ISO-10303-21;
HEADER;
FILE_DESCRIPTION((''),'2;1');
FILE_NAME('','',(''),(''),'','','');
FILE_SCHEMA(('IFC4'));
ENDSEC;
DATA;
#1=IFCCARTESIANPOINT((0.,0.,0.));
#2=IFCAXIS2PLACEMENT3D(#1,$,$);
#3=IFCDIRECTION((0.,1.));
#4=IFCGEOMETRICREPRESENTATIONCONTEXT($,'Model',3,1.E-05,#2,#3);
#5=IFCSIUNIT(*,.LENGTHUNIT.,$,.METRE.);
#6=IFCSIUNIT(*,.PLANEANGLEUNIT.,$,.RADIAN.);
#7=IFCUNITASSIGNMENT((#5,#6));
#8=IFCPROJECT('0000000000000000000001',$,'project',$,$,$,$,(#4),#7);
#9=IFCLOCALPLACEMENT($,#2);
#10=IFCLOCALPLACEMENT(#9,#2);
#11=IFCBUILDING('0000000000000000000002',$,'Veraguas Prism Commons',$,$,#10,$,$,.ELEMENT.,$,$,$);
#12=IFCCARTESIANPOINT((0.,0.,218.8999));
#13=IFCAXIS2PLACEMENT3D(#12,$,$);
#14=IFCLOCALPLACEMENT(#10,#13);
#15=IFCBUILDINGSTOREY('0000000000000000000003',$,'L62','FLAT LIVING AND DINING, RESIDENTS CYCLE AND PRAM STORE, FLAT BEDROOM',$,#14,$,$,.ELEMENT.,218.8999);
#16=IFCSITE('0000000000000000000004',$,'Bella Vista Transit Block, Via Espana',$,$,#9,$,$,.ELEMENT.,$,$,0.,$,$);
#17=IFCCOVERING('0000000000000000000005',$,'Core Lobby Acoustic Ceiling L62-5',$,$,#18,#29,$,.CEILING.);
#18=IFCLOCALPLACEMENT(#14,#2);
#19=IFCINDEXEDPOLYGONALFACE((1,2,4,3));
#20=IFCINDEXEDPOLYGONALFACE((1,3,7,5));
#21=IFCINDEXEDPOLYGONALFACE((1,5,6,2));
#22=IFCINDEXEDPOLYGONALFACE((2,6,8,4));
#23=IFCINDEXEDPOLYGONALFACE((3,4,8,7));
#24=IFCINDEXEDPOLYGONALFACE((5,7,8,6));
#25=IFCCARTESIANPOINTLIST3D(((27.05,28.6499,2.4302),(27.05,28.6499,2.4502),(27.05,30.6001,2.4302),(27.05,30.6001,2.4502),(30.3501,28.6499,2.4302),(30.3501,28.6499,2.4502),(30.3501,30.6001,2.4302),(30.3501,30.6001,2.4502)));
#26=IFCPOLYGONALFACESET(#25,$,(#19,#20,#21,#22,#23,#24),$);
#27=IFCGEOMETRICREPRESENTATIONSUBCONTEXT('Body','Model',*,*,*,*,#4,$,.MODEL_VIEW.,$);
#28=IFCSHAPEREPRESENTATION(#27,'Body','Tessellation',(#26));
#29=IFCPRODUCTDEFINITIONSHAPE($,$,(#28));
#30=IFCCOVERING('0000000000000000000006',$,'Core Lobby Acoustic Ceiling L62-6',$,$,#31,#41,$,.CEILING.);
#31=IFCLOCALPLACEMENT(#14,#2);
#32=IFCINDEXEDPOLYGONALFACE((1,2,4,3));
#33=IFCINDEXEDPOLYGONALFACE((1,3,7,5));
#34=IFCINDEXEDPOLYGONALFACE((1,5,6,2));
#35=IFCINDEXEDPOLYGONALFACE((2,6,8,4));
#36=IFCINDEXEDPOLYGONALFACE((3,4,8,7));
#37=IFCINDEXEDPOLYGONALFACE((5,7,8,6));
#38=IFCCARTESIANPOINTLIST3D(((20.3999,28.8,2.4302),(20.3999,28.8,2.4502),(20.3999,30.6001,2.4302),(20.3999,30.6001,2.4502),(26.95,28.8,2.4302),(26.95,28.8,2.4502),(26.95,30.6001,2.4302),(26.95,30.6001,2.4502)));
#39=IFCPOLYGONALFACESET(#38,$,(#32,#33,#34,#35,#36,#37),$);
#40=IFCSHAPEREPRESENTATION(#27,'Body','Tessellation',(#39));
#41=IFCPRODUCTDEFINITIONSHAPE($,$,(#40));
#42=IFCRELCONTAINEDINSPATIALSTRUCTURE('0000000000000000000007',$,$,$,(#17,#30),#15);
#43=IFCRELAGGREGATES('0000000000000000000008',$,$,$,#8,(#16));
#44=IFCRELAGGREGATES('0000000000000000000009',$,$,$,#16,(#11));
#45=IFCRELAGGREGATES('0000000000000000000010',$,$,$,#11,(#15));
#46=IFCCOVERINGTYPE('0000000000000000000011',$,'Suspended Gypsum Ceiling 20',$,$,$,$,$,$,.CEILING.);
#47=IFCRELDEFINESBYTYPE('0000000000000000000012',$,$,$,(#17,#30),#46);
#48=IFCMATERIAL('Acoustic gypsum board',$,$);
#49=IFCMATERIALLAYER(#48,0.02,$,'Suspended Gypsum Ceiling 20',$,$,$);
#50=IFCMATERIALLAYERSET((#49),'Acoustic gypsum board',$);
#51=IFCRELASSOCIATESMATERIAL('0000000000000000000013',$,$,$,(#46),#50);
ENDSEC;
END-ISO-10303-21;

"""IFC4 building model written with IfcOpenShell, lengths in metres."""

from ifc_helpers import new_model, si_unit, direction, frame, origin, place, context, subcontext, project, spatial, polyline, outline, extrude, material, layer, layer_set, type_object, element, save


model = new_model("IFC4")

# Units and contexts
model_context = context("Model", 3, precision=1e-05, world=origin(), true_north=direction((0.0, 1.0)))
body_context = subcontext(model_context, "Body", "Model", "MODEL_VIEW")
ifc_project = project(units=[si_unit("LENGTHUNIT", "METRE"), si_unit("PLANEANGLEUNIT", "RADIAN")], contexts=[model_context])

# Site, building, storey
site_placement = place(None, origin())
site = spatial("IfcSite", under=ifc_project, at=site_placement, Name="Bella Vista Transit Block, Via Espana", CompositionType="ELEMENT", RefElevation=0.0)
building_placement = place(site_placement, origin())
building = spatial("IfcBuilding", under=site, at=building_placement, Name="Veraguas Prism Commons", CompositionType="ELEMENT")
storey_placement = place(building_placement, frame((0.0, 0.0, 218.8999)))
storey = spatial("IfcBuildingStorey", under=building, at=storey_placement, Name="L62", Description="FLAT LIVING AND DINING, RESIDENTS CYCLE AND PRAM STORE, FLAT BEDROOM", CompositionType="ELEMENT", Elevation=218.8999)

# Coverings
ifc_material_1 = material(Name="Acoustic gypsum board")
ifc_layer_1 = layer(ifc_material_1, 0.02, Name="Suspended Gypsum Ceiling 20")
ifc_layer_set_1 = layer_set([ifc_layer_1], Name="Acoustic gypsum board")
covering_type_1 = type_object("IfcCoveringType", Name="Suspended Gypsum Ceiling 20", PredefinedType="CEILING", material=ifc_layer_set_1)
covering_1_placement = place(storey_placement, frame((0.0, 0.0, 2.4302)))
element("IfcCovering", 1, at=covering_1_placement, inside=storey, type_object=covering_type_1, Name="Core Lobby Acoustic Ceiling L62-5", PredefinedType="CEILING", context=body_context, shape_type="SweptSolid", body=[
    extrude(outline(polyline([(27.05, 28.6499), (30.3501, 28.6499), (30.3501, 30.6001), (27.05, 30.6001), (27.05, 28.6499)])), origin(), (0.0, 0.0, 1.0), 0.02),
])
covering_2_placement = place(storey_placement, frame((0.0, 0.0, 2.4302)))
element("IfcCovering", 2, at=covering_2_placement, inside=storey, type_object=covering_type_1, Name="Core Lobby Acoustic Ceiling L62-6", PredefinedType="CEILING", context=body_context, shape_type="SweptSolid", body=[
    extrude(outline(polyline([(20.3999, 28.8), (26.95, 28.8), (26.95, 30.6001), (20.3999, 30.6001), (20.3999, 28.8)])), origin(), (0.0, 0.0, 1.0), 0.02),
])

save(model, "model.ifc")
